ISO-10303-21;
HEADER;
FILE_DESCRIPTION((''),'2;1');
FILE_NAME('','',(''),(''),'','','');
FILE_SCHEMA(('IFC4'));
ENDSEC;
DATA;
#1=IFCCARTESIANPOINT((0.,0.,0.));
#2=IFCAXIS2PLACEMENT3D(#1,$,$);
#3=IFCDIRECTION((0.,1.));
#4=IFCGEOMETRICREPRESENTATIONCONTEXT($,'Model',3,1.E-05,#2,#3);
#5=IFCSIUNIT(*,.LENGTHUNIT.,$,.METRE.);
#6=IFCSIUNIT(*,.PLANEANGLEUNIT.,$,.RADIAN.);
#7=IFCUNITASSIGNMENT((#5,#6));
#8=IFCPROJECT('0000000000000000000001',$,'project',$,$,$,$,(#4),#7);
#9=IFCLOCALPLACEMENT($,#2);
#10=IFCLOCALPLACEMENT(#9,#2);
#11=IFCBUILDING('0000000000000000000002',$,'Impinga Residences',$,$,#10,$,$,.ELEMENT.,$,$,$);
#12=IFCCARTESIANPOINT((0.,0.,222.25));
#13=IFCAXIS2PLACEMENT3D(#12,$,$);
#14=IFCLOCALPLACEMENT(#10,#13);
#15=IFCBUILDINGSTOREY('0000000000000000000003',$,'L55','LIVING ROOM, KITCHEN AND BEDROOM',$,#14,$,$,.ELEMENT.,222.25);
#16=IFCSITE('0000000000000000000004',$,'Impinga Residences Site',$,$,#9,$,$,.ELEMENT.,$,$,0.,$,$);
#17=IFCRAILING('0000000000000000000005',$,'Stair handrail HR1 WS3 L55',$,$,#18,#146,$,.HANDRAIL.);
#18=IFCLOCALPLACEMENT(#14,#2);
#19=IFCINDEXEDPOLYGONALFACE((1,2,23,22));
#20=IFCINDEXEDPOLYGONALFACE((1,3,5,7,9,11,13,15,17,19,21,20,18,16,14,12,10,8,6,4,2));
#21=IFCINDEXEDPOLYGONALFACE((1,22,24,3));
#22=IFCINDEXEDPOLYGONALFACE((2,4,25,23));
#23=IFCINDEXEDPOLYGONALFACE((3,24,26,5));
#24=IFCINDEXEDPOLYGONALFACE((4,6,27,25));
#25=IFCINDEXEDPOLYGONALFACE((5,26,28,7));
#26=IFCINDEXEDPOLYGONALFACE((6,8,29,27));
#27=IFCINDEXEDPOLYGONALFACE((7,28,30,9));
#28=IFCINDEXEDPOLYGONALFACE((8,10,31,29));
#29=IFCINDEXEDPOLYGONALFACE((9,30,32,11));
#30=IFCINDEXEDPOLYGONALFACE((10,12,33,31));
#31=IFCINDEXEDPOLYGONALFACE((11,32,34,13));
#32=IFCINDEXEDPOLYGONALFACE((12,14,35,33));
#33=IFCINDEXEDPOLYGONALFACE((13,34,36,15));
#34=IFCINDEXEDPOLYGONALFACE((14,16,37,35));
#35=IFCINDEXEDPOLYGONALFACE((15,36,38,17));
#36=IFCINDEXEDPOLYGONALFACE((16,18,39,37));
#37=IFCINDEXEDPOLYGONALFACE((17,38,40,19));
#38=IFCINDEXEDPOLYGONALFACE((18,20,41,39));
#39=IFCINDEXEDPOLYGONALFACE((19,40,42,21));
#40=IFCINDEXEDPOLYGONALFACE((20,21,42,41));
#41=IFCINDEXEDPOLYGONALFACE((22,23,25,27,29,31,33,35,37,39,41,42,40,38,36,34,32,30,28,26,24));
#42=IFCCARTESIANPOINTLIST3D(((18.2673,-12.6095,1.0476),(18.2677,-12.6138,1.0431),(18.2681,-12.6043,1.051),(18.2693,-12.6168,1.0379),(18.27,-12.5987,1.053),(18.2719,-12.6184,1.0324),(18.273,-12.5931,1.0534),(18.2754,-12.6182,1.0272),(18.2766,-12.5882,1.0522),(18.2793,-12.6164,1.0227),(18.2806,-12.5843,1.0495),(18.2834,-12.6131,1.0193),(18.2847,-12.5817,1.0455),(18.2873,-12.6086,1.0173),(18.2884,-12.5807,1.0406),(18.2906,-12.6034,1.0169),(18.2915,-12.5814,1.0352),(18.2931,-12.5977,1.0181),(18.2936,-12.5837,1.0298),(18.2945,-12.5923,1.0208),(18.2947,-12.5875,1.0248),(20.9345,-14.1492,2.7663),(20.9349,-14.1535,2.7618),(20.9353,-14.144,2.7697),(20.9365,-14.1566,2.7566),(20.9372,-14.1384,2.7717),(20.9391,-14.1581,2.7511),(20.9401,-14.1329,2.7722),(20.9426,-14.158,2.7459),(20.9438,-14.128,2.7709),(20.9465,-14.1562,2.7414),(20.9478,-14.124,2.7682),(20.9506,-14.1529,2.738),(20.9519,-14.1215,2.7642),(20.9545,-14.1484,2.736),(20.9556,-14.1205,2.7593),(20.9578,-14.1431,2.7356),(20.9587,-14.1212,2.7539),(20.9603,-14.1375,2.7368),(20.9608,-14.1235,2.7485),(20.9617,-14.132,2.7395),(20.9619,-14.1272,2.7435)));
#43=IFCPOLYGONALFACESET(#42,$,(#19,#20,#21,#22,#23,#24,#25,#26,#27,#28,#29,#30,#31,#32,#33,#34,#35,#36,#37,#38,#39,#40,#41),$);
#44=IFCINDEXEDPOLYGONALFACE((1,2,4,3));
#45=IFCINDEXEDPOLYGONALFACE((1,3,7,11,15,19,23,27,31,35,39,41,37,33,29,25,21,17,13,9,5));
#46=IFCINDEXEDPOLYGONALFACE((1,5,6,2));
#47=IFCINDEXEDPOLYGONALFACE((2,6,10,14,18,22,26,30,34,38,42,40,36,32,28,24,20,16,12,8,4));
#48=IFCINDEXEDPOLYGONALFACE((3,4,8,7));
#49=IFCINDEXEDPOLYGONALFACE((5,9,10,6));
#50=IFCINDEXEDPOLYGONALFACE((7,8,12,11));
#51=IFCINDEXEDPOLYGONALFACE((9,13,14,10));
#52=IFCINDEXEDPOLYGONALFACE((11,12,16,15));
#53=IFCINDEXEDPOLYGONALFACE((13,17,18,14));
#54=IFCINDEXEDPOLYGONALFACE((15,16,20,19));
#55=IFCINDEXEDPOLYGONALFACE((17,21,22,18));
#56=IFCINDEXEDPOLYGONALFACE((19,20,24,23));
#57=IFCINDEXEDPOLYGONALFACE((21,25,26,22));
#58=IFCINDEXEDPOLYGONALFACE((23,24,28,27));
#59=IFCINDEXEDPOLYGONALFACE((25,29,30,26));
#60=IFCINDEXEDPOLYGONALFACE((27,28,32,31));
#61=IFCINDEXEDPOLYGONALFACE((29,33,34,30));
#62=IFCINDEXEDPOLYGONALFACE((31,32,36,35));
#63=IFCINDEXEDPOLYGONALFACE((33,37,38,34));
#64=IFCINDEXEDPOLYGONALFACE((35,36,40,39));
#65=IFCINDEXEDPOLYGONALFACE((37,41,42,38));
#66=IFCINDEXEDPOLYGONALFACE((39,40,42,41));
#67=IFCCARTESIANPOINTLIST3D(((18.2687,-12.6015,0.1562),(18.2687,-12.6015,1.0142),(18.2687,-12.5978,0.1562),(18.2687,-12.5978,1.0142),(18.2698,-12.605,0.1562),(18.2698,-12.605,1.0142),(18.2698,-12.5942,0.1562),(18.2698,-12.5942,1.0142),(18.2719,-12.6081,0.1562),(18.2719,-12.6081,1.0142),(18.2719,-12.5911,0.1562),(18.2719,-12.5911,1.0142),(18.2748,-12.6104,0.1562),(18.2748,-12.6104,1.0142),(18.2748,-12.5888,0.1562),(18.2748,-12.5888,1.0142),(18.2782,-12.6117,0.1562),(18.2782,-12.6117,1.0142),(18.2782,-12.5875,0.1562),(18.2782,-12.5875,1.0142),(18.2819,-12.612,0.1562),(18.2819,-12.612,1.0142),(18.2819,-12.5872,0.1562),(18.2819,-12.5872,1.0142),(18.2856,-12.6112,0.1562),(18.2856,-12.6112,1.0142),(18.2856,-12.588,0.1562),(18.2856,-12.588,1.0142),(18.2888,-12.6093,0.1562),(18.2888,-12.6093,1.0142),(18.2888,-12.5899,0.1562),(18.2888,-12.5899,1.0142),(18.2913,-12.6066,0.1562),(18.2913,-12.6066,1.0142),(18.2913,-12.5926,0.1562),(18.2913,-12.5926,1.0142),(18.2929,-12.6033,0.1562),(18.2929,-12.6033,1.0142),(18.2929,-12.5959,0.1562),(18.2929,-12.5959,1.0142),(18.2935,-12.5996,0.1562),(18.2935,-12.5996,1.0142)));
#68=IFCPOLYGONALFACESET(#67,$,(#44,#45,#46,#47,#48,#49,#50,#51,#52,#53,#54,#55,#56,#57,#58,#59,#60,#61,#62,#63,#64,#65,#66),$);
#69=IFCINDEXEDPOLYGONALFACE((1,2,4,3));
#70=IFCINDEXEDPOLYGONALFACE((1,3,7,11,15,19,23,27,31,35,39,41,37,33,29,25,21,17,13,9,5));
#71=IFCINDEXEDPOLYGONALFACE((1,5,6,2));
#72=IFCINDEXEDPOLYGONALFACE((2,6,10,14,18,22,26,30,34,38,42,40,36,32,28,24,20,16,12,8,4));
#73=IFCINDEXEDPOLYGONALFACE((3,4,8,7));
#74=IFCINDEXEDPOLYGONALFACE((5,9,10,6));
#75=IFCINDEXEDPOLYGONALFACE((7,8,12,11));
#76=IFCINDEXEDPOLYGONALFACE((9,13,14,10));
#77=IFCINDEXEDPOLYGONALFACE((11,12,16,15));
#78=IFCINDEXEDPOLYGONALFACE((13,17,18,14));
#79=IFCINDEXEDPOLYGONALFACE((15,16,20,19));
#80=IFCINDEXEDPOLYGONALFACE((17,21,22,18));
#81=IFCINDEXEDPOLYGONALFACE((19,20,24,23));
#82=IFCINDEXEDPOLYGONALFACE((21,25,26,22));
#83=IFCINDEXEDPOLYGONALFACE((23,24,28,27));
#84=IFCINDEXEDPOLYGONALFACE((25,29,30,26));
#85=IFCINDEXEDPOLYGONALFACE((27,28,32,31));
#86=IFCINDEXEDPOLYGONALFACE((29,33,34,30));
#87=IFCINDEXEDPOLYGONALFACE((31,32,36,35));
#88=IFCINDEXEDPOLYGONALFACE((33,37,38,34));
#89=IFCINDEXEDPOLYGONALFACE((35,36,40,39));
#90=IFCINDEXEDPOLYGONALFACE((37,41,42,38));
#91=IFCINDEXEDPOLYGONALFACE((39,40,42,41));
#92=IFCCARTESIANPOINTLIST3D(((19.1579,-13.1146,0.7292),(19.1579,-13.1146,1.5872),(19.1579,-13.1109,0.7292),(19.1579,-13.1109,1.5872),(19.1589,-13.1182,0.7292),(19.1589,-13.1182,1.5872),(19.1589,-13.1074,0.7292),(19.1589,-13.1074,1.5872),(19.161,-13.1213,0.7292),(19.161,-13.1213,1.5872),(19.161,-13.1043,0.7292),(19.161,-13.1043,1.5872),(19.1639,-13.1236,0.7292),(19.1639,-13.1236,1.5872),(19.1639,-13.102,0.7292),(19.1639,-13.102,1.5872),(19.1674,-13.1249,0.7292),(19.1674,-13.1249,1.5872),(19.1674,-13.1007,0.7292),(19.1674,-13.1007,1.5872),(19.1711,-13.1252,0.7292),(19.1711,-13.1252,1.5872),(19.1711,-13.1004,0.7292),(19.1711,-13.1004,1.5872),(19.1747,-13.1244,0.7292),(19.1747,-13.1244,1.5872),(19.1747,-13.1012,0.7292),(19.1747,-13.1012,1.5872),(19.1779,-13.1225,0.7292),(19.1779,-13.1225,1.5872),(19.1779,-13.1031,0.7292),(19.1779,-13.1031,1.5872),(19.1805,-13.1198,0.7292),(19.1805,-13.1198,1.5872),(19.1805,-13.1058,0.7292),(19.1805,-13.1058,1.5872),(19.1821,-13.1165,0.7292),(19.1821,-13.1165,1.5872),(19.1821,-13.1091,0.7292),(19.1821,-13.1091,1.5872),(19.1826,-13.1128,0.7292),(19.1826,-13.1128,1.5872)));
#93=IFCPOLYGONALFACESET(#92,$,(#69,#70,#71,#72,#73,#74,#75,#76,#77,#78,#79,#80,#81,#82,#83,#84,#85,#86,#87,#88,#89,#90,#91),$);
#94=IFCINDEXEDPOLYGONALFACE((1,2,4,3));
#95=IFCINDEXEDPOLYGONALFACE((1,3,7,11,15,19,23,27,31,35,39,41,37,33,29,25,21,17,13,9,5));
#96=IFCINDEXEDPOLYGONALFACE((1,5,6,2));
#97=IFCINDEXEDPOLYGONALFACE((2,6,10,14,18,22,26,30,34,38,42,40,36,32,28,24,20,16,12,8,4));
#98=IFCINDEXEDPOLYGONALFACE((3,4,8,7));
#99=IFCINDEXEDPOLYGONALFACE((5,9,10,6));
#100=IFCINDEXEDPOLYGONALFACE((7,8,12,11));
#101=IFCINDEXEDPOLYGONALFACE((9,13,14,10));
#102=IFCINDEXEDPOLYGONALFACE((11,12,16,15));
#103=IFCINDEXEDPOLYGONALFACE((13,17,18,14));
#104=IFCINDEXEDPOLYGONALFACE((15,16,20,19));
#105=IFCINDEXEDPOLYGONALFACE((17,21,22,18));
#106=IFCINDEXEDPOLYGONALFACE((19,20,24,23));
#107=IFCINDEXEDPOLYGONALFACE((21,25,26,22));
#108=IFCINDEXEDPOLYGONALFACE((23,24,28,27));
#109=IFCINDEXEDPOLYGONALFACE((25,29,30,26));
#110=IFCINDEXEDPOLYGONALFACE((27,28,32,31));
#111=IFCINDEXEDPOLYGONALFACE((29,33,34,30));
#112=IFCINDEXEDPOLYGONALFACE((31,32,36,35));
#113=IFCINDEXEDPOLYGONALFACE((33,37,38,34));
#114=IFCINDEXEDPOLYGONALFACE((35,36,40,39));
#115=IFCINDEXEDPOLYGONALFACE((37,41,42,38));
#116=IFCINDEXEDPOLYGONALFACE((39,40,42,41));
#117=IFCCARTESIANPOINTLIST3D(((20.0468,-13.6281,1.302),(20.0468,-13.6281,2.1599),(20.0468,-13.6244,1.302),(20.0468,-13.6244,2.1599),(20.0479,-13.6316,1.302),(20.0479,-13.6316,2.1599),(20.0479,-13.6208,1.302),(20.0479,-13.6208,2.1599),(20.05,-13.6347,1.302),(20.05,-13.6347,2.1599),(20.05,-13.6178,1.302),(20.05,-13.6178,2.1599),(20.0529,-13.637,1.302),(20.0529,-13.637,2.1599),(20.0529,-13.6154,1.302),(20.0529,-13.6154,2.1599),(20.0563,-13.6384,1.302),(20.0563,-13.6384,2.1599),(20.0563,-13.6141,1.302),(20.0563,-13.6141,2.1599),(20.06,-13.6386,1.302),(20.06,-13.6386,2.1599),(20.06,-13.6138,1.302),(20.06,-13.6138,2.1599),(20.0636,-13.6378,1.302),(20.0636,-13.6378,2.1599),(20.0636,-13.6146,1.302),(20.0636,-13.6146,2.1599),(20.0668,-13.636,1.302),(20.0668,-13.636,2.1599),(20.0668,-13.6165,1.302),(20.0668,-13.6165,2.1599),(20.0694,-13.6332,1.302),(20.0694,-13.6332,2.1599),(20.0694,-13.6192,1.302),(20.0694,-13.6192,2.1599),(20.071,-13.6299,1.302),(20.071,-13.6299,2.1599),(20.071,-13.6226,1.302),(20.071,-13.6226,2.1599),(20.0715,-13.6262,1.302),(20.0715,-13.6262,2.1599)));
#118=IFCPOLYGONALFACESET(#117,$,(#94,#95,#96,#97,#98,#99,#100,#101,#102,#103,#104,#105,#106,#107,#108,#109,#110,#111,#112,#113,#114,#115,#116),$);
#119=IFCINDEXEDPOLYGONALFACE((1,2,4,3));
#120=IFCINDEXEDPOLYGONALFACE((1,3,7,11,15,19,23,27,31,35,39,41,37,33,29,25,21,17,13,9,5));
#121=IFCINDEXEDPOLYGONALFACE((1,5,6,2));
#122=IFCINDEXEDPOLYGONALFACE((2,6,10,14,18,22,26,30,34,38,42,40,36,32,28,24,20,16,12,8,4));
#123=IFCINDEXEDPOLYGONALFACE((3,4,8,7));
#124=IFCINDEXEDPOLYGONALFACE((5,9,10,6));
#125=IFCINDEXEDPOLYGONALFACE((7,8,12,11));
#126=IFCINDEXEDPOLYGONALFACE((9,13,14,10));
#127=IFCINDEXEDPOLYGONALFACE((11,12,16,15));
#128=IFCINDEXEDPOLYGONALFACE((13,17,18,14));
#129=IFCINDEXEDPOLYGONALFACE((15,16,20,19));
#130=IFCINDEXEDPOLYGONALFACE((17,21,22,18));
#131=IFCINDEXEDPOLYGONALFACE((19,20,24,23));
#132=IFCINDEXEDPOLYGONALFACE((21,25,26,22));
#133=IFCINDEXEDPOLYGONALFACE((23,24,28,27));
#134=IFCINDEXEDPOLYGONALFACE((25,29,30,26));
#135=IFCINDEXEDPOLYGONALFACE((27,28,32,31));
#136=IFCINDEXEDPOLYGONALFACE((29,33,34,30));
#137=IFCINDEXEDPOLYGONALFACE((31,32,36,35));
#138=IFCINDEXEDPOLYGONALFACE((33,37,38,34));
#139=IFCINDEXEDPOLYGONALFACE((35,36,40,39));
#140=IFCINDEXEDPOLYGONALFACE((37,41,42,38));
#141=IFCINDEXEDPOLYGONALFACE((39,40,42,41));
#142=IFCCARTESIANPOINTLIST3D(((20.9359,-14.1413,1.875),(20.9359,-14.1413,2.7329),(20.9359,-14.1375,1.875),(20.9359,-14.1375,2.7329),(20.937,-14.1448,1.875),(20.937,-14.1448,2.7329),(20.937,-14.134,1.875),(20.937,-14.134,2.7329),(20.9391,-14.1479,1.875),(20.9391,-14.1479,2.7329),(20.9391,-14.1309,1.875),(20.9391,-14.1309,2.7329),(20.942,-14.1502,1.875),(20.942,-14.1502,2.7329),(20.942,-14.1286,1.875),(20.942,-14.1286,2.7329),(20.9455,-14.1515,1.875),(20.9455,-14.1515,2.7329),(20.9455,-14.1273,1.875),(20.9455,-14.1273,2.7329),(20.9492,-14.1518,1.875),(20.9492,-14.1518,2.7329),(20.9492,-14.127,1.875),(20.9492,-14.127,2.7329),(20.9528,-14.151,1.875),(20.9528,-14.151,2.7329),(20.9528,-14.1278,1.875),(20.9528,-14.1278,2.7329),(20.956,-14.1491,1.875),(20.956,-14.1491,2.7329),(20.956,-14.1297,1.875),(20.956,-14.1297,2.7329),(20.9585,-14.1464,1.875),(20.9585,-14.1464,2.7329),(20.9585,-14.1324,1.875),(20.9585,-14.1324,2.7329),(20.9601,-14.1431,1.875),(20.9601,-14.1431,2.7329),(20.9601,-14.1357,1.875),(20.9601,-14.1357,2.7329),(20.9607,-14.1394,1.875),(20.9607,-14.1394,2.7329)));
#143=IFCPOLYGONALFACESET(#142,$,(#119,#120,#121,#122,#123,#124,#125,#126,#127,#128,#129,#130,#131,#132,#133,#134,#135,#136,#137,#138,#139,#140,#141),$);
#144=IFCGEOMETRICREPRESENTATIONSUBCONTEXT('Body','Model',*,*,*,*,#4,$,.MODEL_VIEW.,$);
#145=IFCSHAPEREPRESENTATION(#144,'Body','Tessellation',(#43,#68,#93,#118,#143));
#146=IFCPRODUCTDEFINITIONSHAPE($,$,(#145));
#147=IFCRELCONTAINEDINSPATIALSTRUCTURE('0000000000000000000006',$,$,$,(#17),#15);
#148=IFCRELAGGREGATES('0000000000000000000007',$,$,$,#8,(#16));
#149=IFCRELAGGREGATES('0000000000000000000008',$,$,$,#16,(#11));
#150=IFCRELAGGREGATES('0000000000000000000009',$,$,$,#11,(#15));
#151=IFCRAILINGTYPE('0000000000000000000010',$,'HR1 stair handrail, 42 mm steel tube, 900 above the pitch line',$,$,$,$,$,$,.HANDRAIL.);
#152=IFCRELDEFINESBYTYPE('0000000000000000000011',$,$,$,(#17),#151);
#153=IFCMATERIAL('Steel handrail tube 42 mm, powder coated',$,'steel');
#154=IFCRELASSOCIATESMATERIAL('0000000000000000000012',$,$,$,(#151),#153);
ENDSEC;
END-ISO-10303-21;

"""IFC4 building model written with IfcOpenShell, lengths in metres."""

from ifc_helpers import new_model, si_unit, direction, frame, origin, origin_2d, place, context, subcontext, project, spatial, circle, extrude, material, type_object, element, save


model = new_model("IFC4")

# Units and contexts
model_context = context("Model", 3, precision=1e-05, world=origin(), true_north=direction((0.0, 1.0)))
body_context = subcontext(model_context, "Body", "Model", "MODEL_VIEW")
ifc_project = project(units=[si_unit("LENGTHUNIT", "METRE"), si_unit("PLANEANGLEUNIT", "RADIAN")], contexts=[model_context])

# Site, building, storey
site_placement = place(None, origin())
site = spatial("IfcSite", under=ifc_project, at=site_placement, Name="Impinga Residences Site", CompositionType="ELEMENT", RefElevation=0.0)
building_placement = place(site_placement, origin())
building = spatial("IfcBuilding", under=site, at=building_placement, Name="Impinga Residences", CompositionType="ELEMENT")
storey_placement = place(building_placement, frame((0.0, 0.0, 222.25)))
storey = spatial("IfcBuildingStorey", under=building, at=storey_placement, Name="L55", Description="LIVING ROOM, KITCHEN AND BEDROOM", CompositionType="ELEMENT", Elevation=222.25)

# Railing
ifc_material_1 = material(Name="Steel handrail tube 42 mm, powder coated", Category="steel")
railing_type = type_object("IfcRailingType", Name="HR1 stair handrail, 42 mm steel tube, 900 above the pitch line", PredefinedType="HANDRAIL", material=ifc_material_1)
railing_1_placement = place(storey_placement, frame((18.281, -12.5996, 0.1562)))
element("IfcRailing", 1, at=railing_1_placement, inside=storey, type_object=railing_type, Name="Stair handrail HR1 WS3 L55", PredefinedType="HANDRAIL", context=body_context, shape_type="SweptSolid", body=[
    extrude(circle(Radius=0.021, at=origin_2d()), frame((0.0, 0.0, 0.8789), z_axis=(0.756249, -0.436582, 0.487322), x_axis=(0.499967, 0.866044, 0.0)), (0.0, 0.0, 1.0), 3.5269),
    extrude(circle(Radius=0.0125, at=origin_2d()), origin(), (0.0, 0.0, 1.0), 0.8579),
    extrude(circle(Radius=0.0125, at=origin_2d()), frame((0.8892, -0.5132, 0.573)), (0.0, 0.0, 1.0), 0.8579),
    extrude(circle(Radius=0.0125, at=origin_2d()), frame((1.7781, -1.0266, 1.1458)), (0.0, 0.0, 1.0), 0.8579),
    extrude(circle(Radius=0.0125, at=origin_2d()), frame((2.6672, -1.5398, 1.7188)), (0.0, 0.0, 1.0), 0.8579),
])

save(model, "model.ifc")
